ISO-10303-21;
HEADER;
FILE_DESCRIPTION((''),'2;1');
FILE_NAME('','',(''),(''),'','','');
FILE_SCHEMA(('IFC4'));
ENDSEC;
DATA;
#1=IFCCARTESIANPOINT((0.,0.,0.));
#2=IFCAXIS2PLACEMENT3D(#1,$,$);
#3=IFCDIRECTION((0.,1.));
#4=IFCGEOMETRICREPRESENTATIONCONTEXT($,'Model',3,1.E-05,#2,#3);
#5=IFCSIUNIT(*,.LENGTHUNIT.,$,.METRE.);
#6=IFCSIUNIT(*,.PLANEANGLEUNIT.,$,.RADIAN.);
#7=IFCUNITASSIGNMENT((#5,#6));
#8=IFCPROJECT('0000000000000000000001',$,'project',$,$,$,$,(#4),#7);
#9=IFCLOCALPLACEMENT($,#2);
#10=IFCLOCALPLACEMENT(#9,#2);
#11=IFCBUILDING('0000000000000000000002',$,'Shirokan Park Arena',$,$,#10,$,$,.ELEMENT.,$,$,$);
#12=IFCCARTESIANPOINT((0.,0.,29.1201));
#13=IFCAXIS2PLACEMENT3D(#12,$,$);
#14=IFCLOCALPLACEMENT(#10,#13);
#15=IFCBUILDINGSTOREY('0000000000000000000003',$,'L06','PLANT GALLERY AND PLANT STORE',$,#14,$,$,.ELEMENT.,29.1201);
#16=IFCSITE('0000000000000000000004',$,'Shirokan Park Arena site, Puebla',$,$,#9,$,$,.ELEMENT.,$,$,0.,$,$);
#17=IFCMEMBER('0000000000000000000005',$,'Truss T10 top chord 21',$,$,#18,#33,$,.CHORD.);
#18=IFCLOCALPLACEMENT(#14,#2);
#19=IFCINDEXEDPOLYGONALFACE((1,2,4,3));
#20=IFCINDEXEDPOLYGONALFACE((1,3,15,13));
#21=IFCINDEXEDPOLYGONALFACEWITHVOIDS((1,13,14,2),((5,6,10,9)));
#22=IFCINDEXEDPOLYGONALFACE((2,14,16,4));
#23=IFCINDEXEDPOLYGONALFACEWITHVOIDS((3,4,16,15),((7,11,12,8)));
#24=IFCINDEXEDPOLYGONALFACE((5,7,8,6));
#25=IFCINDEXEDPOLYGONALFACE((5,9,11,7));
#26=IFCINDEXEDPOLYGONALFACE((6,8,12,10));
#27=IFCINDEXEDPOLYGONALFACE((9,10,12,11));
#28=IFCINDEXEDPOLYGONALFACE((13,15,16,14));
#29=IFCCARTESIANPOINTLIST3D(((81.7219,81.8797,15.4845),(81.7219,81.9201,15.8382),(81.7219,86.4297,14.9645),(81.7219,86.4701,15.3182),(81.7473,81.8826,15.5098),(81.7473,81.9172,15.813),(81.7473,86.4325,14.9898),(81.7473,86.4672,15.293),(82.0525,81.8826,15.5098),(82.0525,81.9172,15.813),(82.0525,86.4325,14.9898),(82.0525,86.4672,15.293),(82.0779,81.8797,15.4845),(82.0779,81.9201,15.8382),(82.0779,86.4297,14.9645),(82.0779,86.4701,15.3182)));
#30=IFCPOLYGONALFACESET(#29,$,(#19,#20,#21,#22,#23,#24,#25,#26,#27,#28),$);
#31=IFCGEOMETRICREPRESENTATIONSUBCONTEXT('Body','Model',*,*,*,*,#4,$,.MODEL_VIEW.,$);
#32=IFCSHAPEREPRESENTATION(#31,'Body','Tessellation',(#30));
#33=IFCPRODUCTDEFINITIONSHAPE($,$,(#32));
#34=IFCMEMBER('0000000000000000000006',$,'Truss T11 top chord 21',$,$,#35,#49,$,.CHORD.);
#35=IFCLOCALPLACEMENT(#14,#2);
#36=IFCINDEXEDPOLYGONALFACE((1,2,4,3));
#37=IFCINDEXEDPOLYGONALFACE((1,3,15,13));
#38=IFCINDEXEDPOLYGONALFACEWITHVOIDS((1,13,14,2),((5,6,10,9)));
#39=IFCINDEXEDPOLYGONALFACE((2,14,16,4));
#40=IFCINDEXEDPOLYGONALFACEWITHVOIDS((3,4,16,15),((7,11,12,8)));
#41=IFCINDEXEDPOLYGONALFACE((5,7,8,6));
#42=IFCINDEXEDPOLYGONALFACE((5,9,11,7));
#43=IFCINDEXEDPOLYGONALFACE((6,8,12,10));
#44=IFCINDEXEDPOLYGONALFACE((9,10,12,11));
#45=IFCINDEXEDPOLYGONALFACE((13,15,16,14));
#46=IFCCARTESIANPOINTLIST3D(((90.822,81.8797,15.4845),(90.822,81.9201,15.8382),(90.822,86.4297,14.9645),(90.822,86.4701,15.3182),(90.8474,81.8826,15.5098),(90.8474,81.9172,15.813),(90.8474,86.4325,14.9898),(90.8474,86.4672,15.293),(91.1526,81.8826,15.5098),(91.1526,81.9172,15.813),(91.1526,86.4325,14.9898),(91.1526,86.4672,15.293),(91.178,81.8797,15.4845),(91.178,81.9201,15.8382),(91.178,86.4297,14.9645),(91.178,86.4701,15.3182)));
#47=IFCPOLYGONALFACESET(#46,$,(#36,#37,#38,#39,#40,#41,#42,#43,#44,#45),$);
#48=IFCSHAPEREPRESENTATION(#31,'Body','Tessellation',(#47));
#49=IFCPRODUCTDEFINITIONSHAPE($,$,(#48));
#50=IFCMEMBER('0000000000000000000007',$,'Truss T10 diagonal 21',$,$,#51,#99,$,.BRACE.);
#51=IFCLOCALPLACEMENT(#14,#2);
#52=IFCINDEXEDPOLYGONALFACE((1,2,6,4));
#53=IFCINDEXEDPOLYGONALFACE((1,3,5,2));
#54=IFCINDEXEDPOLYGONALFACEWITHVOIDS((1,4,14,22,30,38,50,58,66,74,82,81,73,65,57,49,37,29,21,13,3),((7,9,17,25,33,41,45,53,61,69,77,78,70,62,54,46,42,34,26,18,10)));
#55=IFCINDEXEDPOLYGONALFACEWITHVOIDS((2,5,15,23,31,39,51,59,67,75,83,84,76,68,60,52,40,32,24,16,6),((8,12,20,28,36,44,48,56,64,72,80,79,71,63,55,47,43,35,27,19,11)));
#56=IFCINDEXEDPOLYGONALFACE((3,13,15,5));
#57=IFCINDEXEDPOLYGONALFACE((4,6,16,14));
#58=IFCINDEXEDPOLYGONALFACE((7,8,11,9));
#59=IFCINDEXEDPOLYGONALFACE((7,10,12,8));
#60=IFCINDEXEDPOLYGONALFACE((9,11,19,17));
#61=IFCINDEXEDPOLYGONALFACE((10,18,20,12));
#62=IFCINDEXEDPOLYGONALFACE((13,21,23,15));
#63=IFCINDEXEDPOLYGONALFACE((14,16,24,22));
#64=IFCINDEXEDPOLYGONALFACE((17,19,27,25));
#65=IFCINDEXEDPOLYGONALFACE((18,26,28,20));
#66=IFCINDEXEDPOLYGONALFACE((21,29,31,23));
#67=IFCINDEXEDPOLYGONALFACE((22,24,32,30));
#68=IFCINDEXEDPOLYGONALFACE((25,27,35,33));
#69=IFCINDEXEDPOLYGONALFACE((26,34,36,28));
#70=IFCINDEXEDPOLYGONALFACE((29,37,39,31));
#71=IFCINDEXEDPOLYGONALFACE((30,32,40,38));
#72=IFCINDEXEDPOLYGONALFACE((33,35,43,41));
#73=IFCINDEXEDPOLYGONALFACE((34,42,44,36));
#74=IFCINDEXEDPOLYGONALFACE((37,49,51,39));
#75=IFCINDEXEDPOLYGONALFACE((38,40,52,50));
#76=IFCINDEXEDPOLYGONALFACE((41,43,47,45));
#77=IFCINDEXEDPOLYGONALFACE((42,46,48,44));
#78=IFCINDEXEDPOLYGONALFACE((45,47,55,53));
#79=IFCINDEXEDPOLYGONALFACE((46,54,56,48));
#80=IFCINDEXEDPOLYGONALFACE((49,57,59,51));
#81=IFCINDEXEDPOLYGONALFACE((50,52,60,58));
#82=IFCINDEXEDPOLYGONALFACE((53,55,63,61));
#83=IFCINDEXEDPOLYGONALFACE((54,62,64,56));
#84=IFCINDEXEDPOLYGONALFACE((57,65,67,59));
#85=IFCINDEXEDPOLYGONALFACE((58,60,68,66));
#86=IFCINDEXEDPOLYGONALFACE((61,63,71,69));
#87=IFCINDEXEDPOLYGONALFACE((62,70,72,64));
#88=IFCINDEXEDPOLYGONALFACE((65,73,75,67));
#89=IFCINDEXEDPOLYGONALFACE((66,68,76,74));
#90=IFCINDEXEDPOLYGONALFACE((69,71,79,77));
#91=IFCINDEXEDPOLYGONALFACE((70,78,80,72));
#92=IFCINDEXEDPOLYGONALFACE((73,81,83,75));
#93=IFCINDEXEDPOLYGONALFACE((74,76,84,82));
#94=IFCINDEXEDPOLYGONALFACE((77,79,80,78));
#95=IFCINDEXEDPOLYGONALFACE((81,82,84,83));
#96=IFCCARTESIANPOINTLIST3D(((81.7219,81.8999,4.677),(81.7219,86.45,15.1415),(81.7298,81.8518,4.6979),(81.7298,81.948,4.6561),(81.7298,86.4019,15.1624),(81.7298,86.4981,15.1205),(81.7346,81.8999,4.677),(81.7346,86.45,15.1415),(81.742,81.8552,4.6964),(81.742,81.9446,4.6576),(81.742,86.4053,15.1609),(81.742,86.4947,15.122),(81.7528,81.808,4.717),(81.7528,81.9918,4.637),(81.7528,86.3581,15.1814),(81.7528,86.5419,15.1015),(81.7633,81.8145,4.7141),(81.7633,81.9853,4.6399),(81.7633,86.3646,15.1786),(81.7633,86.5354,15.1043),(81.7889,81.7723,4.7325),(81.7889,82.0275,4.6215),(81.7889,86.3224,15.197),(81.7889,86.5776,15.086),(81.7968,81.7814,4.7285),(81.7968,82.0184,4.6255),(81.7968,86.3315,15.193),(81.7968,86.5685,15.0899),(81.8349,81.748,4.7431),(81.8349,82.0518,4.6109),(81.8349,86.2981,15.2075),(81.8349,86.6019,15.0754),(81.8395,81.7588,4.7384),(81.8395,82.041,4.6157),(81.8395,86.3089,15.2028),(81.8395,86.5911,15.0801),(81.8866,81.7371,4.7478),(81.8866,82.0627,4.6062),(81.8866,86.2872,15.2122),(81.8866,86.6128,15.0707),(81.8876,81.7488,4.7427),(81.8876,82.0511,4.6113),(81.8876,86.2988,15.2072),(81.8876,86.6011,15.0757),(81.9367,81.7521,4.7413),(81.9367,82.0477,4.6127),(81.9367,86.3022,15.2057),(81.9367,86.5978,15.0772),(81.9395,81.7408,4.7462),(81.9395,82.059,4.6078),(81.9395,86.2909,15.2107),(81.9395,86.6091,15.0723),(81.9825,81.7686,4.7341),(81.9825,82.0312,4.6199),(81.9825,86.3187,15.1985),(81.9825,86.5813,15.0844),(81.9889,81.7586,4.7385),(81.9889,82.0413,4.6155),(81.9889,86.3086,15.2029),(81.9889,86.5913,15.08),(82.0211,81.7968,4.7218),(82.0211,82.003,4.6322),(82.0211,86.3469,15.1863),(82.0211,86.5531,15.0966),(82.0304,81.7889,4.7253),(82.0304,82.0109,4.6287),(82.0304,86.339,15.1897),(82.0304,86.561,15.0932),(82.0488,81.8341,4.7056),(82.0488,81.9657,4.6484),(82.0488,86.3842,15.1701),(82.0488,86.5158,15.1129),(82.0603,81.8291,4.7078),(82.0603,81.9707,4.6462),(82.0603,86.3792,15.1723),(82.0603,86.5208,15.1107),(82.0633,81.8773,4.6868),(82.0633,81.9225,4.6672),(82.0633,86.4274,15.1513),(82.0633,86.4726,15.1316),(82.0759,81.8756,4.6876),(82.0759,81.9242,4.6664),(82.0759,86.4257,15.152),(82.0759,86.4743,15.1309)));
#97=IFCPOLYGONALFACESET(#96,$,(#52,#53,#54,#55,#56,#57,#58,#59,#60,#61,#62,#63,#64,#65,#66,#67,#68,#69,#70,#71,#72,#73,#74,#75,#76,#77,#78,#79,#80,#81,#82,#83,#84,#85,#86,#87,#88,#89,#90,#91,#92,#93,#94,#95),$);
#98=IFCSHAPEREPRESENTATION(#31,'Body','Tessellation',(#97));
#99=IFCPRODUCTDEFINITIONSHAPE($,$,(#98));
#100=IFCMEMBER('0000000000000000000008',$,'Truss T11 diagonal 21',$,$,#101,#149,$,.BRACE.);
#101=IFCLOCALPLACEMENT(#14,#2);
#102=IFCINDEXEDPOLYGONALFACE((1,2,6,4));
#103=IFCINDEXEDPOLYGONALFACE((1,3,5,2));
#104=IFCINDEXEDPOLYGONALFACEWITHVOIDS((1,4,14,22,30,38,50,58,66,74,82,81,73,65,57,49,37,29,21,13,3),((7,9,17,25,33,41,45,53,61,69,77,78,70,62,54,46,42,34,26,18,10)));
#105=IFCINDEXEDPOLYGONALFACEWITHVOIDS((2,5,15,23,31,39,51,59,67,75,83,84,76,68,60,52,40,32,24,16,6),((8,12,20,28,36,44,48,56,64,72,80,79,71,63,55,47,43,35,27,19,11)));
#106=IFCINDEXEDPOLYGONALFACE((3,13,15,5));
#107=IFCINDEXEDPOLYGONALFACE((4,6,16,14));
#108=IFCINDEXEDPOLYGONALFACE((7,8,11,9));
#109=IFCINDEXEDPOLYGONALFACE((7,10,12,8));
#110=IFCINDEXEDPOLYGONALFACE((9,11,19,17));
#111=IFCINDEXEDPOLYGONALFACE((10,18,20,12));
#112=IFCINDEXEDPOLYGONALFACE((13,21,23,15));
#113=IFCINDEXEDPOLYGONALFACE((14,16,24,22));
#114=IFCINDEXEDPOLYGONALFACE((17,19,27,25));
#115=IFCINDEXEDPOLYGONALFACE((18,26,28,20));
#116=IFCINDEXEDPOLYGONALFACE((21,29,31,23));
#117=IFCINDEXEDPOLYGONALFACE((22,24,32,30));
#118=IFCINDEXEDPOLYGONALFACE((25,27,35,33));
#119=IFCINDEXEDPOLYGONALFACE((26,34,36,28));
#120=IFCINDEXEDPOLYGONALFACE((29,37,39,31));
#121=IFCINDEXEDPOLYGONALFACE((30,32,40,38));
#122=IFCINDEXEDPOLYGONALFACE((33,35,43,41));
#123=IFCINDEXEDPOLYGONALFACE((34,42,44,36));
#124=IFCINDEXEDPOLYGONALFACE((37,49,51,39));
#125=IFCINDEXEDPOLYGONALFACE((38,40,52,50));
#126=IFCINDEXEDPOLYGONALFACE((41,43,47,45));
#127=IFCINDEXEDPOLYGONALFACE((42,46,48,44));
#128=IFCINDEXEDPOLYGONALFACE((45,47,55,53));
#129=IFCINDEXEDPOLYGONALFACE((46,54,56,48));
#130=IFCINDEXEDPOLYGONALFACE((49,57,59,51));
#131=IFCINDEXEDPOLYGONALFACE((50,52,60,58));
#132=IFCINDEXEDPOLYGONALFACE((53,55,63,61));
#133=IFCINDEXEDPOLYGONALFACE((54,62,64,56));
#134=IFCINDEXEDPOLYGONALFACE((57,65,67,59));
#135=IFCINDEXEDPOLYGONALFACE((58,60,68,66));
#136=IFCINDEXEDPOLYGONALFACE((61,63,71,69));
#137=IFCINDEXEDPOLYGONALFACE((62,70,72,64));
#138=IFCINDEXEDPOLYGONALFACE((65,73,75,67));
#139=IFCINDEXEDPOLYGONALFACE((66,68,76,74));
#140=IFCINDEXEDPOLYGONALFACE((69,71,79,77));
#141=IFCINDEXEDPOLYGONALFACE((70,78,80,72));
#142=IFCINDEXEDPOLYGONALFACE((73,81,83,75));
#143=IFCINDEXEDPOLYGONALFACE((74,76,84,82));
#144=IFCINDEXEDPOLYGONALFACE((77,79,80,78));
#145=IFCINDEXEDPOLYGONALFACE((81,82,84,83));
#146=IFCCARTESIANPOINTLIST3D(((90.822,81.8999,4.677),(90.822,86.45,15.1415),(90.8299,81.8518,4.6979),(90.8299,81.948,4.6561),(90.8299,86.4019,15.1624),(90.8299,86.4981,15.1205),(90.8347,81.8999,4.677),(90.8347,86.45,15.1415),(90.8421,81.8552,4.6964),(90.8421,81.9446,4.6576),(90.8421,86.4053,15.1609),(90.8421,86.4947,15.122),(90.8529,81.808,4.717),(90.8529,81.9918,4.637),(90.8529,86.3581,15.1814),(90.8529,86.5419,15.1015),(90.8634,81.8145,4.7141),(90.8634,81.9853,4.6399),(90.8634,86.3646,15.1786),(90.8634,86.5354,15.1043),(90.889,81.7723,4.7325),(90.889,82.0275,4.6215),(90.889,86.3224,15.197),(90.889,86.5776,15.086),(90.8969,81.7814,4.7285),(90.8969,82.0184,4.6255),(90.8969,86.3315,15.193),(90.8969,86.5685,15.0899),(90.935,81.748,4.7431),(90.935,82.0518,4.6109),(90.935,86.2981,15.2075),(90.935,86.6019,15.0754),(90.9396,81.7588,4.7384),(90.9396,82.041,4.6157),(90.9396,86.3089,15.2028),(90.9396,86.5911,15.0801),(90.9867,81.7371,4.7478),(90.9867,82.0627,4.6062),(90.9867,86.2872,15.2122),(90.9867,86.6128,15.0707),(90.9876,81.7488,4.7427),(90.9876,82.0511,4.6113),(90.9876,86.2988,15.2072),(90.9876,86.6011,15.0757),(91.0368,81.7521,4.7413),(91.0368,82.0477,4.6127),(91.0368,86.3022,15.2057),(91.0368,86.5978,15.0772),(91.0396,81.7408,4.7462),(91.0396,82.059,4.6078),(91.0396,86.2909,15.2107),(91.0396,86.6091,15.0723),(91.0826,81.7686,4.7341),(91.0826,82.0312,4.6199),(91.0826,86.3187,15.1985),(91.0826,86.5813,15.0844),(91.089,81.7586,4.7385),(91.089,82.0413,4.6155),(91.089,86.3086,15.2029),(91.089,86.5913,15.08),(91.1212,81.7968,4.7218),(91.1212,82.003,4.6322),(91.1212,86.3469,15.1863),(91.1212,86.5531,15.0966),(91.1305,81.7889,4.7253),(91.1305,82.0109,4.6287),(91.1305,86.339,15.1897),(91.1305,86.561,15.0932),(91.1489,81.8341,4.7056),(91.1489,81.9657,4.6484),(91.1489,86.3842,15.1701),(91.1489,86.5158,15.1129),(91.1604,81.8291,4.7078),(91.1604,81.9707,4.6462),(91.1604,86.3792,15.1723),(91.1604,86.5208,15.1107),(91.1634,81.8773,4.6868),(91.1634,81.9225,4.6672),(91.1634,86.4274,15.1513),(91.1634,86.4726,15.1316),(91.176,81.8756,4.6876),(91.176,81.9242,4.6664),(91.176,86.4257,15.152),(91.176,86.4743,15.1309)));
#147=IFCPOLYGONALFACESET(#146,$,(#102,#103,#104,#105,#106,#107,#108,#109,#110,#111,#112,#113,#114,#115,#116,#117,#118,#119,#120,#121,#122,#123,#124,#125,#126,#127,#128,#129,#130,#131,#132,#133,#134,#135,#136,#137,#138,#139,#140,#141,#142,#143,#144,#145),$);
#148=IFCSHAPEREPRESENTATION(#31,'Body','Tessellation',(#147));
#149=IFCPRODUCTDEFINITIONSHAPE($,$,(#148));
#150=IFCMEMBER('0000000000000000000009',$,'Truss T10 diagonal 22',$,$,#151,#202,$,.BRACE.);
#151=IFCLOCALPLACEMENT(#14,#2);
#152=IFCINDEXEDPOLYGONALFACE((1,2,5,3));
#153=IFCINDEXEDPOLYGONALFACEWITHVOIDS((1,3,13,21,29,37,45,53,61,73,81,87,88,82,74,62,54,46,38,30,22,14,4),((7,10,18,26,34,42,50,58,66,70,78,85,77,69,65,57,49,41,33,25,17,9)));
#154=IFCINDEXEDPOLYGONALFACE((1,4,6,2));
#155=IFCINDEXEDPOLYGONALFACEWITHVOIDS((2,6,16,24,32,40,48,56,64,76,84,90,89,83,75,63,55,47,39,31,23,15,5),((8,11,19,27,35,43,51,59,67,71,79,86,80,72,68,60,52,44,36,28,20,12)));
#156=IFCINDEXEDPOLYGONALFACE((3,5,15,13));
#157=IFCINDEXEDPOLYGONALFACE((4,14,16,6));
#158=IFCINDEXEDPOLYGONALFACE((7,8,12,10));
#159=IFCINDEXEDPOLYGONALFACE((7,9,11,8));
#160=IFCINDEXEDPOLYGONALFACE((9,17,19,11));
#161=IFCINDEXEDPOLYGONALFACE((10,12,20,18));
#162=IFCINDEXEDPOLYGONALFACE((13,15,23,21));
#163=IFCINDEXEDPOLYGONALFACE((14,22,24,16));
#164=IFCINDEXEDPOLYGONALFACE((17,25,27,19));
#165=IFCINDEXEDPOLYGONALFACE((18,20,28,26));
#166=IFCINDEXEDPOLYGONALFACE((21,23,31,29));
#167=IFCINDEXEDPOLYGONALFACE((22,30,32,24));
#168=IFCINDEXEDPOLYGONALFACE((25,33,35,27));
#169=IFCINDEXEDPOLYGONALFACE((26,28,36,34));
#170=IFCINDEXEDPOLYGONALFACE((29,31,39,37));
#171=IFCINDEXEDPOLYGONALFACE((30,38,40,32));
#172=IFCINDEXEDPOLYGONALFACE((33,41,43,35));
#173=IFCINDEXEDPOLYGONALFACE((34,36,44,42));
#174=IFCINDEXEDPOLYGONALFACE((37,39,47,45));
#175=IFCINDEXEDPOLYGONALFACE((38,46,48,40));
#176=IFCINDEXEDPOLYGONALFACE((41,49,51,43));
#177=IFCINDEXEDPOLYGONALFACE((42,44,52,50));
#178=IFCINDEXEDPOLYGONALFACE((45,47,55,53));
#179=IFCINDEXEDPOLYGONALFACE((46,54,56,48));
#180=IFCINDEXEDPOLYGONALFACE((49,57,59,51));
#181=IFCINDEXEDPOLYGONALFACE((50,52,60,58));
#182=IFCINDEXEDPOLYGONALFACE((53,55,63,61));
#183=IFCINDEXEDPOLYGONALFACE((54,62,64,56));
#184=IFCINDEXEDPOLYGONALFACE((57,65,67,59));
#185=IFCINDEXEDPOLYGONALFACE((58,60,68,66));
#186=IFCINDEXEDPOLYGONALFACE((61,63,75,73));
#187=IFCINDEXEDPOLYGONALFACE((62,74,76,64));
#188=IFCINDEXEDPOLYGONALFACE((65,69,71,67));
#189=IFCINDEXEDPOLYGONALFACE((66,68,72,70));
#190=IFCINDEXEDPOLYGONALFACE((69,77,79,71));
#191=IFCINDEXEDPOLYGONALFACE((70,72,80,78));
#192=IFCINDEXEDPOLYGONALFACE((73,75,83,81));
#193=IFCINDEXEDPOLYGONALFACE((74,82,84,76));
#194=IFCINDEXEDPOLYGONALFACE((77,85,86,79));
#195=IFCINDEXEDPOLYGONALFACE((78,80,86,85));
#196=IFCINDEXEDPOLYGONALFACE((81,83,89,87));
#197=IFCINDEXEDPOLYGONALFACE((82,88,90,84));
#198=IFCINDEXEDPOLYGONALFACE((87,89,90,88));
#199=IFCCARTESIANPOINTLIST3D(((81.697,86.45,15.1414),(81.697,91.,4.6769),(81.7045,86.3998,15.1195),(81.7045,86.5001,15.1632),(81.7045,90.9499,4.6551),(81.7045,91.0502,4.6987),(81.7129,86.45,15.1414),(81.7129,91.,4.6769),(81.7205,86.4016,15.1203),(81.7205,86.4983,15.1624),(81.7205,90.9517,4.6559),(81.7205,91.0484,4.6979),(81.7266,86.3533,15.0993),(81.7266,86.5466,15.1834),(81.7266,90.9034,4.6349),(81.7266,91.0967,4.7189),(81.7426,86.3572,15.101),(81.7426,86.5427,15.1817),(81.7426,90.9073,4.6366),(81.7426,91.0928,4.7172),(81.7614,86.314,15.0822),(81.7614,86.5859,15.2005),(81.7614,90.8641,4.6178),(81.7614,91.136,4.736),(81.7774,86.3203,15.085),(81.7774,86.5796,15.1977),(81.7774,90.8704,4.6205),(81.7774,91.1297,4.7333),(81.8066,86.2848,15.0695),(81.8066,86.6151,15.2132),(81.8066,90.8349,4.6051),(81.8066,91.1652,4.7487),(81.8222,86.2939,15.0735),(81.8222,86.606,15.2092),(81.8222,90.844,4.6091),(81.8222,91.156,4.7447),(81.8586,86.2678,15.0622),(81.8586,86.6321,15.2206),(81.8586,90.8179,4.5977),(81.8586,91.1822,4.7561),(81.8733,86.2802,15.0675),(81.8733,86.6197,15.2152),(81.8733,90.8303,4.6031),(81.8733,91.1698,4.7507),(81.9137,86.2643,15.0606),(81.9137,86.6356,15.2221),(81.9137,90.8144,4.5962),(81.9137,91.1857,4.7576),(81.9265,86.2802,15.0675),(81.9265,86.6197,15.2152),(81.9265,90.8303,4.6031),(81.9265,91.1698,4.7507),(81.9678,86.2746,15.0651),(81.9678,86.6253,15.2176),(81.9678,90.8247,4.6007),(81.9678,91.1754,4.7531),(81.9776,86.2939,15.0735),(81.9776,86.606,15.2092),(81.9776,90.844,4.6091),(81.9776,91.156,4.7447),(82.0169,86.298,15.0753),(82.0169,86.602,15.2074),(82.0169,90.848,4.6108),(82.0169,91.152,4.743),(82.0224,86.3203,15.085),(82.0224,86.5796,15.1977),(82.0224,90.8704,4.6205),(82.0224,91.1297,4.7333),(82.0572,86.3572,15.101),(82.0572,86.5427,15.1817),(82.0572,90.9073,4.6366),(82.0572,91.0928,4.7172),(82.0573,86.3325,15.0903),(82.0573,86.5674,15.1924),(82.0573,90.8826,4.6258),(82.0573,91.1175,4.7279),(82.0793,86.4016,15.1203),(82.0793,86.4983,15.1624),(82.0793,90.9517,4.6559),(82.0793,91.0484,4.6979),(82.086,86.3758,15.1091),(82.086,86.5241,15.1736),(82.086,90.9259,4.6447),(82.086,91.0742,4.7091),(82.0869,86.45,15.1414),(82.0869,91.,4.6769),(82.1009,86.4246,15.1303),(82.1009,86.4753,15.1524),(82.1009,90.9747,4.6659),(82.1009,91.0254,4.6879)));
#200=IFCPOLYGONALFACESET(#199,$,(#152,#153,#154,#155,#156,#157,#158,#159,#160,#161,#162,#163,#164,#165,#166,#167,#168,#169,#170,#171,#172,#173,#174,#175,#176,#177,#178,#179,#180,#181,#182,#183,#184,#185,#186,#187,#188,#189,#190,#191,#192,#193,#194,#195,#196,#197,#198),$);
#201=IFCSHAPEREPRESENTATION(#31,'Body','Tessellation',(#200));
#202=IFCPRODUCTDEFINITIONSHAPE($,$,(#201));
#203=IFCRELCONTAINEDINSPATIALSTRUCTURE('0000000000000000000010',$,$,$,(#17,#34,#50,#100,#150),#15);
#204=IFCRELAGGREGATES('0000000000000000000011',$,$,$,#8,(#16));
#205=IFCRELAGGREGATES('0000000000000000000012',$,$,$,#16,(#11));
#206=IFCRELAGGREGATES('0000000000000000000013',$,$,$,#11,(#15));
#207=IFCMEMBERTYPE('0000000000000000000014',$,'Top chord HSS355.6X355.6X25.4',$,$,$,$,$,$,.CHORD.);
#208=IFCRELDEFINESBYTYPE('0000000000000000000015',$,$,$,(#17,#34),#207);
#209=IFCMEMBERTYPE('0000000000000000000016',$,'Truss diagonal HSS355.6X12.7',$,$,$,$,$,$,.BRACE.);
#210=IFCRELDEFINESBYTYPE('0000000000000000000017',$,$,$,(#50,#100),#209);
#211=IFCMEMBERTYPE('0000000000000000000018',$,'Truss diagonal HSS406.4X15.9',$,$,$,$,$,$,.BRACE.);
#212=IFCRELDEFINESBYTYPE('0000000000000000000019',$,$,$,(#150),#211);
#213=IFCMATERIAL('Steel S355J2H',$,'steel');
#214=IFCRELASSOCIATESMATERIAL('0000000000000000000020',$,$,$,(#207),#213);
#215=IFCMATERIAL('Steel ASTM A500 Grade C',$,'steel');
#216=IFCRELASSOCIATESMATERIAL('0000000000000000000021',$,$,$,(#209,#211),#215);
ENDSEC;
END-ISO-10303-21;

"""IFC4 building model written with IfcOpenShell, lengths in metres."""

from ifc_helpers import new_model, si_unit, direction, frame, origin, origin_2d, place, context, subcontext, project, spatial, hollow_rectangle, hollow_circle, extrude, material, material_profile, profile_set, type_object, element, save


model = new_model("IFC4")

# Units and contexts
model_context = context("Model", 3, precision=1e-05, world=origin(), true_north=direction((0.0, 1.0)))
body_context = subcontext(model_context, "Body", "Model", "MODEL_VIEW")
ifc_project = project(units=[si_unit("LENGTHUNIT", "METRE"), si_unit("PLANEANGLEUNIT", "RADIAN")], contexts=[model_context])

# Site, building, storey
site_placement = place(None, origin())
site = spatial("IfcSite", under=ifc_project, at=site_placement, Name="Shirokan Park Arena site, Puebla", CompositionType="ELEMENT", RefElevation=0.0)
building_placement = place(site_placement, origin())
building = spatial("IfcBuilding", under=site, at=building_placement, Name="Shirokan Park Arena", CompositionType="ELEMENT")
storey_placement = place(building_placement, frame((0.0, 0.0, 29.1201)))
storey = spatial("IfcBuildingStorey", under=building, at=storey_placement, Name="L06", Description="PLANT GALLERY AND PLANT STORE", CompositionType="ELEMENT", Elevation=29.1201)

# Members
ifc_material_1 = material(Name="Steel ASTM A500 Grade C", Category="steel")
ifc_material_2 = material(Name="Steel S355J2H", Category="steel")
ifc_material_profile_1 = material_profile(ifc_material_2, hollow_rectangle(XDim=0.356, YDim=0.356, WallThickness=0.0254, at=origin_2d()), Name="HSS355.6X355.6X25.4")
ifc_profile_set_1 = profile_set([ifc_material_profile_1], Name="Steel S355J2H")
member_type_1 = type_object("IfcMemberType", Name="Top chord HSS355.6X355.6X25.4", PredefinedType="CHORD", material=ifc_profile_set_1)
for number, where, z_axis, x_axis, name in (
    (1, (81.8999, 81.8999, 15.6614), (0.0, 0.993532, -0.11355), (-1.0, 0.0, 0.0), "Truss T10 top chord 21"),
    (2, (91.0, 81.8999, 15.6614), (0.0, 0.993532, -0.11355), (-1.0, 0.0, 0.0), "Truss T11 top chord 21"),
):
    element("IfcMember", number, at=place(storey_placement, frame(where, z_axis=z_axis, x_axis=x_axis)), inside=storey, type_object=member_type_1, Name=name, PredefinedType="CHORD", context=body_context, shape_type="SweptSolid", body=[
        extrude(hollow_rectangle(XDim=0.356, YDim=0.356, WallThickness=0.0254, at=origin_2d()), origin(), (0.0, 0.0, 1.0), 4.5796),
    ])
ifc_material_profile_2 = material_profile(ifc_material_1, hollow_circle(Radius=0.178, WallThickness=0.0127, at=origin_2d()), Name="HSS355.6X12.7")
ifc_profile_set_2 = profile_set([ifc_material_profile_2], Name="Steel ASTM A500 Grade C")
member_type_2 = type_object("IfcMemberType", Name="Truss diagonal HSS355.6X12.7", PredefinedType="BRACE", material=ifc_profile_set_2)
for number, where, z_axis, x_axis, name in (
    (3, (81.8999, 81.8999, 4.677), (0.0, 0.39875, 0.91706), (-1.0, 0.0, 0.0), "Truss T10 diagonal 21"),
    (4, (91.0, 81.8999, 4.677), (0.0, 0.39875, 0.91706), (-1.0, 0.0, 0.0), "Truss T11 diagonal 21"),
):
    element("IfcMember", number, at=place(storey_placement, frame(where, z_axis=z_axis, x_axis=x_axis)), inside=storey, type_object=member_type_2, Name=name, PredefinedType="BRACE", context=body_context, shape_type="SweptSolid", body=[
        extrude(hollow_circle(Radius=0.178, WallThickness=0.0127, at=origin_2d()), origin(), (0.0, 0.0, 1.0), 11.4109),
    ])
ifc_material_profile_3 = material_profile(ifc_material_1, hollow_circle(Radius=0.2029, WallThickness=0.0159, at=origin_2d()), Name="HSS406.4X15.9")
ifc_profile_set_3 = profile_set([ifc_material_profile_3], Name="Steel ASTM A500 Grade C")
member_type_3 = type_object("IfcMemberType", Name="Truss diagonal HSS406.4X15.9", PredefinedType="BRACE", material=ifc_profile_set_3)
member_1_placement = place(storey_placement, frame((81.8999, 86.45, 15.1414), z_axis=(0.0, 0.39875, -0.91706), x_axis=(-1.0, 0.0, 0.0)))
element("IfcMember", 5, at=member_1_placement, inside=storey, type_object=member_type_3, Name="Truss T10 diagonal 22", PredefinedType="BRACE", context=body_context, shape_type="SweptSolid", body=[
    extrude(hollow_circle(Radius=0.2029, WallThickness=0.0159, at=origin_2d()), origin(), (0.0, 0.0, 1.0), 11.4109),
])

save(model, "model.ifc")
